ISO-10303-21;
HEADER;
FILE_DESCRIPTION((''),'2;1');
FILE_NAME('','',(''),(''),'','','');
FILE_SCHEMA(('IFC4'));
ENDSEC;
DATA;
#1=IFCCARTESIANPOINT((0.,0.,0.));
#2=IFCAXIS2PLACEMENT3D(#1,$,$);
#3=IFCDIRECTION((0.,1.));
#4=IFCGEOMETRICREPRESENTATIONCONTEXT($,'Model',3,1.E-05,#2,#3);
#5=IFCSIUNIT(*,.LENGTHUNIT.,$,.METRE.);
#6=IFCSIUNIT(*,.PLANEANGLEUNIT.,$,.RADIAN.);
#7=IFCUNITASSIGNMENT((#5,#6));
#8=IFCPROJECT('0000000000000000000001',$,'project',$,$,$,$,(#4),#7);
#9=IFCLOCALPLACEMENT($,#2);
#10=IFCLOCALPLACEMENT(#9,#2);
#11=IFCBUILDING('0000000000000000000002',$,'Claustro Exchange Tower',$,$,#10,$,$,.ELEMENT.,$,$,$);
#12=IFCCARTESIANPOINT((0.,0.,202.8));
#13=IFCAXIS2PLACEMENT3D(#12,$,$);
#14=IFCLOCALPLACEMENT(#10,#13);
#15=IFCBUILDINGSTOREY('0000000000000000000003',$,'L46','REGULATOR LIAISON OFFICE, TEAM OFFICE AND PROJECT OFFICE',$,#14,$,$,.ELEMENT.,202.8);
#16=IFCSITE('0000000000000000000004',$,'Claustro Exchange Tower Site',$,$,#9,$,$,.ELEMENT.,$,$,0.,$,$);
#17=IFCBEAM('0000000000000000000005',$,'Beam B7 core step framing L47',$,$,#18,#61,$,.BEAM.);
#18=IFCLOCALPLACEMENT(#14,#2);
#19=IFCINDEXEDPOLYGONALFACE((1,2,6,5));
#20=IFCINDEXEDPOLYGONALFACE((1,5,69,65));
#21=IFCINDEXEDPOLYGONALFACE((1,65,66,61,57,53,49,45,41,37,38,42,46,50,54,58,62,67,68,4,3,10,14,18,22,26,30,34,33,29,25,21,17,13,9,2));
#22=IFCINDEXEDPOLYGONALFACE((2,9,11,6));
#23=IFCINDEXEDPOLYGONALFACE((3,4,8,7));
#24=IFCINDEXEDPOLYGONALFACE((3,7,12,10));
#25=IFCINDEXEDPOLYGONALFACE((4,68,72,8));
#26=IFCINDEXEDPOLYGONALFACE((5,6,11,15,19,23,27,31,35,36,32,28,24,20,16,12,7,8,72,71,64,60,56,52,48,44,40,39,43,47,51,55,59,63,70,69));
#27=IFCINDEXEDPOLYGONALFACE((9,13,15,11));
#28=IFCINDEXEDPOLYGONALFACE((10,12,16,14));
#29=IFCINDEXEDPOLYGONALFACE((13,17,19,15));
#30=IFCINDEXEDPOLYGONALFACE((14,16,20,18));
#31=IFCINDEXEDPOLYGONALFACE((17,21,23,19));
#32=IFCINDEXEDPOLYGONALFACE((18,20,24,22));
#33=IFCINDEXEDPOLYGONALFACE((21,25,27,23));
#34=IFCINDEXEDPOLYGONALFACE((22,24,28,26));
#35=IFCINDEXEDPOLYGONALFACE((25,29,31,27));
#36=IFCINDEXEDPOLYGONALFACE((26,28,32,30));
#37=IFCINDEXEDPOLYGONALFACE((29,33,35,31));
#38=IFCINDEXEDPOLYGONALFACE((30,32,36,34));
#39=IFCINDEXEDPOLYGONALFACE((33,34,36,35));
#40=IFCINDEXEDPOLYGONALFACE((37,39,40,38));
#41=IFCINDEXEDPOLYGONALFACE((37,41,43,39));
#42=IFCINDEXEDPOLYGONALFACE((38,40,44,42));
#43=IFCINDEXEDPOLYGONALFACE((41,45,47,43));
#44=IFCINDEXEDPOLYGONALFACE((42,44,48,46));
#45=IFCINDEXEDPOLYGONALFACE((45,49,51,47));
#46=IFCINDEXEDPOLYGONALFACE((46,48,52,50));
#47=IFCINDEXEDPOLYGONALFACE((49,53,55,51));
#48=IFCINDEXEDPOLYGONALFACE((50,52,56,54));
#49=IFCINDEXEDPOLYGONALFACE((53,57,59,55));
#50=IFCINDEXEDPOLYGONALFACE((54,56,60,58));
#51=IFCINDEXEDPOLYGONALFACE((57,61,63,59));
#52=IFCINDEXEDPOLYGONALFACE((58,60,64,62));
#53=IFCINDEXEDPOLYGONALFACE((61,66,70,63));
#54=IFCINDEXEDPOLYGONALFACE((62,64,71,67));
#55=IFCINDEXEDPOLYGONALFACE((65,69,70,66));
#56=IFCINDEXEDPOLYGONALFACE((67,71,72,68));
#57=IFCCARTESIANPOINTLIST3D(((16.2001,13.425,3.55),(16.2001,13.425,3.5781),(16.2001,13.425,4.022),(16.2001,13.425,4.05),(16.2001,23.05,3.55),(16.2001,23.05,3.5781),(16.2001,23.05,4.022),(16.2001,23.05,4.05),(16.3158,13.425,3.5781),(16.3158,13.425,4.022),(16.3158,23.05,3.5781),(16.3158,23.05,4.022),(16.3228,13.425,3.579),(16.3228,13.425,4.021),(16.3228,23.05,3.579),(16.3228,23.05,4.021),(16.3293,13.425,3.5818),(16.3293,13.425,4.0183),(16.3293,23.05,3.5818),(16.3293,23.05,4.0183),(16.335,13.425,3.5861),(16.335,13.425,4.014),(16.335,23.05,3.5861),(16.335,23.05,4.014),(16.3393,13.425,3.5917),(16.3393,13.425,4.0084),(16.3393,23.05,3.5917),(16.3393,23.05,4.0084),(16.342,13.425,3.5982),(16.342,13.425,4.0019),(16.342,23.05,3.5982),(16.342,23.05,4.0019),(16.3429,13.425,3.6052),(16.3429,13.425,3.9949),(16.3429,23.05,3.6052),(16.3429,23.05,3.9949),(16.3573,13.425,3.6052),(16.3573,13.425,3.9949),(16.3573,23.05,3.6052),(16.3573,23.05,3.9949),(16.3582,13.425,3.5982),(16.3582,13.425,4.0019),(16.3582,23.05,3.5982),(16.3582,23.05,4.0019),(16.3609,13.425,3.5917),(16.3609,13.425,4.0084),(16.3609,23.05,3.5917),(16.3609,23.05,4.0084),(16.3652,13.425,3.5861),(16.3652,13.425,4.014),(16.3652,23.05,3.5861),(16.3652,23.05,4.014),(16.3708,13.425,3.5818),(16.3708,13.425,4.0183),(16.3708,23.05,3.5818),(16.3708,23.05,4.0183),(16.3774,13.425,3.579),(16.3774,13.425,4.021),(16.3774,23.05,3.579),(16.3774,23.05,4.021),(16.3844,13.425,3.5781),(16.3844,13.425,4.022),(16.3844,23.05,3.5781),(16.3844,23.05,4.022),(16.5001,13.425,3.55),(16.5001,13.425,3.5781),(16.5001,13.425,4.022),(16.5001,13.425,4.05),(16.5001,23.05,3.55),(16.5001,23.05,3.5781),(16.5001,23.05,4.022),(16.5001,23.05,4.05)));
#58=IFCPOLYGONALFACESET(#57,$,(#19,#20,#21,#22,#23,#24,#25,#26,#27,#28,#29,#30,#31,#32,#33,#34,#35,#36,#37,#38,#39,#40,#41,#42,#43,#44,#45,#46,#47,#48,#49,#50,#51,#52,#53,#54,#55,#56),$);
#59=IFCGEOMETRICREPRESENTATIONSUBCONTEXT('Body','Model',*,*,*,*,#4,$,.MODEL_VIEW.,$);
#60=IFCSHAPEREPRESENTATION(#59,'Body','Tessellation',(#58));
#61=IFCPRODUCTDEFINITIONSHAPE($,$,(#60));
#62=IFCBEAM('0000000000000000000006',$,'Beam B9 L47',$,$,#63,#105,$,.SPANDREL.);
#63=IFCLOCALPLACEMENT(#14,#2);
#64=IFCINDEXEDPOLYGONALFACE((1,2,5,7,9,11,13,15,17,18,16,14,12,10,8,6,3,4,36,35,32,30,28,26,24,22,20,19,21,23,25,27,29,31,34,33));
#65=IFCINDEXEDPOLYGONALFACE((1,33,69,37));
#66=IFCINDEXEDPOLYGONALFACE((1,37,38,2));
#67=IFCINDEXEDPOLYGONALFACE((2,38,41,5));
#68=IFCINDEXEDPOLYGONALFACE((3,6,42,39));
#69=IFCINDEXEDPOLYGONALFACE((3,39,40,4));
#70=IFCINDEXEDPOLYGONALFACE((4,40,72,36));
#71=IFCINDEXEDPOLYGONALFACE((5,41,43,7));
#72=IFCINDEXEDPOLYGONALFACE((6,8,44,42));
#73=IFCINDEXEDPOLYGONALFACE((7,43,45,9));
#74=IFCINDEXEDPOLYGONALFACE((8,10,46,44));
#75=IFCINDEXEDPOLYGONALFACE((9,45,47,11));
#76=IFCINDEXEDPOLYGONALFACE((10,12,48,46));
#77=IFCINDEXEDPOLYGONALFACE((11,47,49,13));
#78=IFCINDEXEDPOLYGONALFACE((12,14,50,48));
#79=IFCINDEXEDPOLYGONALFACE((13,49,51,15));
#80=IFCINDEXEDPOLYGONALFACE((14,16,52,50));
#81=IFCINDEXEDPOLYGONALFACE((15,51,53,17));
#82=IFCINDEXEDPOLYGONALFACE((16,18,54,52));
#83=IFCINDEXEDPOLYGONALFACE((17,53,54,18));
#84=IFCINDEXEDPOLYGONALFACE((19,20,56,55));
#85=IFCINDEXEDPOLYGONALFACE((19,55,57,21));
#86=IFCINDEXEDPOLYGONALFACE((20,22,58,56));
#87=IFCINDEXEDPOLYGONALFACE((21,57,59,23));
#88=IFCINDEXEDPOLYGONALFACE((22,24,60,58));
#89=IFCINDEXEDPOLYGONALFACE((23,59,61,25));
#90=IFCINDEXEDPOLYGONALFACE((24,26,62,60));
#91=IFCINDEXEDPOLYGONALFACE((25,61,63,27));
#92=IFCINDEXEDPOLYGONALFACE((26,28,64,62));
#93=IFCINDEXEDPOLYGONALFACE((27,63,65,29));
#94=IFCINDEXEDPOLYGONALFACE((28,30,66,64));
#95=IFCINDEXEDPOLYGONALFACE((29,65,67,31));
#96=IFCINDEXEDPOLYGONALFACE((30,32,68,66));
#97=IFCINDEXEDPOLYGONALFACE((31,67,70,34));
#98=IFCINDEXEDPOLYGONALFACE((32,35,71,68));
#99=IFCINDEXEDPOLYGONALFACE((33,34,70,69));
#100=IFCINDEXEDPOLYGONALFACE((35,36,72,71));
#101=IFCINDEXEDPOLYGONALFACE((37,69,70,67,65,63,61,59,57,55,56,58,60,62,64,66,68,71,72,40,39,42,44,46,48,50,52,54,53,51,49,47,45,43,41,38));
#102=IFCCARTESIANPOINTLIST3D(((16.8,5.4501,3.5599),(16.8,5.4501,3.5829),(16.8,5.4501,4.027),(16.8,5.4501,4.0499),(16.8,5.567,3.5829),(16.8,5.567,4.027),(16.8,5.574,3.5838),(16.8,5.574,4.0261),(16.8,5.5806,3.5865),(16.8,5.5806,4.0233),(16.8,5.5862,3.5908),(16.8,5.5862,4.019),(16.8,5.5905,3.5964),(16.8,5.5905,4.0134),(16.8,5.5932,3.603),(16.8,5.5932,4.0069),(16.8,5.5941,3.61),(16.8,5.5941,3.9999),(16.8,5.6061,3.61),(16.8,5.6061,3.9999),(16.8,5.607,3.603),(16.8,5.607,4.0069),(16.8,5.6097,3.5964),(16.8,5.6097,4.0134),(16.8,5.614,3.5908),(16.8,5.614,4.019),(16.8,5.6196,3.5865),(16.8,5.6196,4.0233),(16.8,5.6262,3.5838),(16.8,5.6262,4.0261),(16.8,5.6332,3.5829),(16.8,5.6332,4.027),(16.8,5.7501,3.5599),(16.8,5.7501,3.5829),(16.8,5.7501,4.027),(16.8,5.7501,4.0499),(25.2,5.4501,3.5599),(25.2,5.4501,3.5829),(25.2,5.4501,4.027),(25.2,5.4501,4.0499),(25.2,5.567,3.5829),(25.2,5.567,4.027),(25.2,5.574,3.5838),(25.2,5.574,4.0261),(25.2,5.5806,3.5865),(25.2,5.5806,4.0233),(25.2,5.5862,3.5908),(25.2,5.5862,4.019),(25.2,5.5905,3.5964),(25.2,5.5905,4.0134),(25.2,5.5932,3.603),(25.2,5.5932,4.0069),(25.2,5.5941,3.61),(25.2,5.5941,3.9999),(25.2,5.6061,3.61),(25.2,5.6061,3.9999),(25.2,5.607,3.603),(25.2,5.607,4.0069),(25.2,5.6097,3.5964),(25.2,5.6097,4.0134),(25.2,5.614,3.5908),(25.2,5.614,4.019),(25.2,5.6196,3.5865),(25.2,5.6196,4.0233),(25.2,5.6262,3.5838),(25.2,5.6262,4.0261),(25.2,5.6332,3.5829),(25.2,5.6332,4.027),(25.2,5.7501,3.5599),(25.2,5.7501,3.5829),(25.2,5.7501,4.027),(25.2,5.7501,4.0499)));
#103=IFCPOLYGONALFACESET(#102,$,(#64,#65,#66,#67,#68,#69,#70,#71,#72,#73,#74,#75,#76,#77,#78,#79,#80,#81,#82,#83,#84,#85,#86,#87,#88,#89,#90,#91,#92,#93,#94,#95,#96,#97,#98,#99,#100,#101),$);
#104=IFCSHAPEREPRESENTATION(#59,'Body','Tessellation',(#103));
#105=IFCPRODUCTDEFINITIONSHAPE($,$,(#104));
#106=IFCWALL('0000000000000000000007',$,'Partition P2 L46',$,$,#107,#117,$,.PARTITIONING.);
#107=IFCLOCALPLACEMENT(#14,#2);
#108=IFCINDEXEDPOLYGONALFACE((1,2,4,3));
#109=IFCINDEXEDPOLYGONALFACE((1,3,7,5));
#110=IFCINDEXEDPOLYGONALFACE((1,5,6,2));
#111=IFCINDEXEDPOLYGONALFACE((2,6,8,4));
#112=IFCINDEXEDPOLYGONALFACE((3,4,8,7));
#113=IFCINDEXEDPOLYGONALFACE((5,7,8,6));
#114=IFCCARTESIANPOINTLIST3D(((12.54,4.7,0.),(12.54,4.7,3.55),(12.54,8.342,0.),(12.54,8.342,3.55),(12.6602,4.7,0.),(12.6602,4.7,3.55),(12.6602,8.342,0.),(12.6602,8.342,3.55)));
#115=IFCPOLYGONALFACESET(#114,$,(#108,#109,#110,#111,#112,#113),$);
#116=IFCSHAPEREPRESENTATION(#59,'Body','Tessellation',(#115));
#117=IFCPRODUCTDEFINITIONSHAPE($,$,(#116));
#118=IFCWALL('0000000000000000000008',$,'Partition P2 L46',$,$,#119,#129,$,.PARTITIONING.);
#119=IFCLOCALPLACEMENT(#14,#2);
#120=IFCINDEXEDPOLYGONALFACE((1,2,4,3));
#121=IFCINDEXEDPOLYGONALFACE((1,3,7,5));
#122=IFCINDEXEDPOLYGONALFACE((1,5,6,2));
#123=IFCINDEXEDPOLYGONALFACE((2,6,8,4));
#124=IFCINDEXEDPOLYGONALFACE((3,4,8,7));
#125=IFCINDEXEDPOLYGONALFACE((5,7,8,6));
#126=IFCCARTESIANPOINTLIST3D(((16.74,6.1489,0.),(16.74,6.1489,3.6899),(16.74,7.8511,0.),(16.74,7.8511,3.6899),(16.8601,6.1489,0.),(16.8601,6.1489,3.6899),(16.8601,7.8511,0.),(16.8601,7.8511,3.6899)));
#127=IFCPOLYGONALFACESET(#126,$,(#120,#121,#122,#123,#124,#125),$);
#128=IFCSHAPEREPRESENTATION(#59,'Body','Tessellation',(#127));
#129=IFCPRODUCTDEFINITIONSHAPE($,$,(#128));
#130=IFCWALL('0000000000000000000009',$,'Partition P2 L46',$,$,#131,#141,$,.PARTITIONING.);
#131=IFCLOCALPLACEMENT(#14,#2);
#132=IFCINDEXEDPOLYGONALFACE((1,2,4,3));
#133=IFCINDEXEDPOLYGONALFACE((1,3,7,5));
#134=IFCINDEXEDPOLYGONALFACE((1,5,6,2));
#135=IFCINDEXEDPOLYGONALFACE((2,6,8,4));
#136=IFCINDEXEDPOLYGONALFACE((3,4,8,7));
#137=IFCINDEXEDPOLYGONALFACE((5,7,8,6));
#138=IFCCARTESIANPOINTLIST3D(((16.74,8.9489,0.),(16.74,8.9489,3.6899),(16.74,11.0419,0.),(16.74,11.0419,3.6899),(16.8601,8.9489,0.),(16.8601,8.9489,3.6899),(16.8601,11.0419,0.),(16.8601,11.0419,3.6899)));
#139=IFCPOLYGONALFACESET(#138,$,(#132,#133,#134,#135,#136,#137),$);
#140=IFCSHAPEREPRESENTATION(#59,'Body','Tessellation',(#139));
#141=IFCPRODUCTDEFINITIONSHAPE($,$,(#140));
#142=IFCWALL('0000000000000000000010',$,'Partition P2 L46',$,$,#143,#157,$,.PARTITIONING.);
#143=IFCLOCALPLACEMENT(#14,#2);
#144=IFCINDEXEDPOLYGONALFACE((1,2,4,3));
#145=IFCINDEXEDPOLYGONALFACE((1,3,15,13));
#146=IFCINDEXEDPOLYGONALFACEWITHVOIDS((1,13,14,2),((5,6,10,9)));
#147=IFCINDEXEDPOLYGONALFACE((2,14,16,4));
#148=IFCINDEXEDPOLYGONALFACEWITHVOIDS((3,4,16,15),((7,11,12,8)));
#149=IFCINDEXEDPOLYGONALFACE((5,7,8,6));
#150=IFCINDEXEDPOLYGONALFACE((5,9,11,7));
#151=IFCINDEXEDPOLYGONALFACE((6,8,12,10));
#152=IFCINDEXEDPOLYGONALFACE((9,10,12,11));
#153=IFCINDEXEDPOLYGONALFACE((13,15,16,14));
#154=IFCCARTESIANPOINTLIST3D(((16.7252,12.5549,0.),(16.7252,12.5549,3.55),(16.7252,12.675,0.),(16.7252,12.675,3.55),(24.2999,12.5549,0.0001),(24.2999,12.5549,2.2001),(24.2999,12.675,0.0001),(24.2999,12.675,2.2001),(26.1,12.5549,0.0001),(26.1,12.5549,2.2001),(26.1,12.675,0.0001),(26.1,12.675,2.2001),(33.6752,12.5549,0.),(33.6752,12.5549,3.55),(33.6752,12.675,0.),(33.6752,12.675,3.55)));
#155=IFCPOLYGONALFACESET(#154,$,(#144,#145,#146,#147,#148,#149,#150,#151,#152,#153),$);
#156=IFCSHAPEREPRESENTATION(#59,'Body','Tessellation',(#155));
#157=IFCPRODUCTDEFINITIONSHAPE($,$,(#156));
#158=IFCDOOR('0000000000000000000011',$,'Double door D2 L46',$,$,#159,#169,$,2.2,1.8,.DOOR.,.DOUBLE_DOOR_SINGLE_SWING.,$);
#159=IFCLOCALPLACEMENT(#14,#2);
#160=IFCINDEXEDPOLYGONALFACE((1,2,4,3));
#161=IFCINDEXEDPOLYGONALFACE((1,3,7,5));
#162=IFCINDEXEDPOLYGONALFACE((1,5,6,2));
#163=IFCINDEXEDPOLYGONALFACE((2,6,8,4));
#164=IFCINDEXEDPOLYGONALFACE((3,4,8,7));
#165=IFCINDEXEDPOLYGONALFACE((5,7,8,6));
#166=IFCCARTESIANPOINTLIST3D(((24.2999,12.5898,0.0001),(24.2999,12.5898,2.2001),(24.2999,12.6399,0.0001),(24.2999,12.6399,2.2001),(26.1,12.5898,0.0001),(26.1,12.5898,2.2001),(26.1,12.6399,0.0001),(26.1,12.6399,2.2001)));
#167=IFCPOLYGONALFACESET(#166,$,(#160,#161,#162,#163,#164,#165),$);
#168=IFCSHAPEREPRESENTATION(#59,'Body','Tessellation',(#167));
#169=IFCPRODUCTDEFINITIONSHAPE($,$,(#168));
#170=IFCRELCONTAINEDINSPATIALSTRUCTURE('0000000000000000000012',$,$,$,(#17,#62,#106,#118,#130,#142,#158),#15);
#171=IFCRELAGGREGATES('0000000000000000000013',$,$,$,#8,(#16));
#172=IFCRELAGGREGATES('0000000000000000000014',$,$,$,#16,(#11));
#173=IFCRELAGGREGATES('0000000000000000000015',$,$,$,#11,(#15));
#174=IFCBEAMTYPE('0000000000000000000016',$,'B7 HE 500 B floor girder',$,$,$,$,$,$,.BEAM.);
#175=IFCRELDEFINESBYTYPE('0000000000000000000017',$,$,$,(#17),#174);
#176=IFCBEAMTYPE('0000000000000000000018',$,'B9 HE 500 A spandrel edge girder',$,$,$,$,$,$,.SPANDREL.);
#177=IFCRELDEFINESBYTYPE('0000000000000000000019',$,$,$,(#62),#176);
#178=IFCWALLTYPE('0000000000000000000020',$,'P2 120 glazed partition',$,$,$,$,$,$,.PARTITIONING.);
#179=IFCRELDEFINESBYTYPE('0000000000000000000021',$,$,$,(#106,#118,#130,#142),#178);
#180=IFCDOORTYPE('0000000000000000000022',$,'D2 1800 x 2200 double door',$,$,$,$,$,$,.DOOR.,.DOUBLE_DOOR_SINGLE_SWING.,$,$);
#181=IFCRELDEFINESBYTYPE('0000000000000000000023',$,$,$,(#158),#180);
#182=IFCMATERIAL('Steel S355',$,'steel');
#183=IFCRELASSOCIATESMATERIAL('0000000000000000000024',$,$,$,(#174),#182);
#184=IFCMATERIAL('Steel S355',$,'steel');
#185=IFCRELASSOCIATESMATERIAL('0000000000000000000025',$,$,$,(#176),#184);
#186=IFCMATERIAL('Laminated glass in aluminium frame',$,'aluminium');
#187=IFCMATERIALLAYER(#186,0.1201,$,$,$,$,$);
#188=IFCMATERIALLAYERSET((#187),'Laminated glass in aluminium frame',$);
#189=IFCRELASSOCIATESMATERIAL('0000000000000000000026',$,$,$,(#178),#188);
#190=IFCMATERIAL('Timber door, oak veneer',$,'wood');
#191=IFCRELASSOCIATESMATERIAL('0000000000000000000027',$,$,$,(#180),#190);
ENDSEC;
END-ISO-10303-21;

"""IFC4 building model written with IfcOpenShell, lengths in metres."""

from ifc_helpers import new_model, si_unit, direction, frame, frame_2d, origin, origin_2d, place, context, subcontext, project, spatial, rectangle, i_section, extrude, material, layer, layer_set, material_profile, profile_set, type_object, element, fill, save


model = new_model("IFC4")

# Units and contexts
model_context = context("Model", 3, precision=1e-05, world=origin(), true_north=direction((0.0, 1.0)))
body_context = subcontext(model_context, "Body", "Model", "MODEL_VIEW")
ifc_project = project(units=[si_unit("LENGTHUNIT", "METRE"), si_unit("PLANEANGLEUNIT", "RADIAN")], contexts=[model_context])

# Site, building, storey
site_placement = place(None, origin())
site = spatial("IfcSite", under=ifc_project, at=site_placement, Name="Claustro Exchange Tower Site", CompositionType="ELEMENT", RefElevation=0.0)
building_placement = place(site_placement, origin())
building = spatial("IfcBuilding", under=site, at=building_placement, Name="Claustro Exchange Tower", CompositionType="ELEMENT")
storey_placement = place(building_placement, frame((0.0, 0.0, 202.8)))
storey = spatial("IfcBuildingStorey", under=building, at=storey_placement, Name="L46", Description="REGULATOR LIAISON OFFICE, TEAM OFFICE AND PROJECT OFFICE", CompositionType="ELEMENT", Elevation=202.8)

# Beams
ifc_material_1 = material(Name="Steel S355", Category="steel")
ifc_material_profile_1 = material_profile(ifc_material_1, i_section(OverallWidth=0.3, OverallDepth=0.5, WebThickness=0.0144, FlangeThickness=0.0281, FilletRadius=0.0271, at=origin_2d()), Name="HE 500 B")
ifc_profile_set_1 = profile_set([ifc_material_profile_1], Name="Steel S355")
beam_type_1 = type_object("IfcBeamType", Name="B7 HE 500 B floor girder", PredefinedType="BEAM", material=ifc_profile_set_1)
beam_1_placement = place(storey_placement, frame((16.3501, 13.425, 3.8), z_axis=(0.0, 1.0, 0.0), x_axis=(-1.0, 0.0, 0.0)))
element("IfcBeam", 1, at=beam_1_placement, inside=storey, type_object=beam_type_1, Name="Beam B7 core step framing L47", PredefinedType="BEAM", context=body_context, shape_type="SweptSolid", body=[
    extrude(i_section(OverallWidth=0.3, OverallDepth=0.5, WebThickness=0.0144, FlangeThickness=0.0281, FilletRadius=0.0271, at=origin_2d()), origin(), (0.0, 0.0, 1.0), 9.625),
])
ifc_material_2 = material(Name="Steel S355", Category="steel")
ifc_material_profile_2 = material_profile(ifc_material_2, i_section(OverallWidth=0.3, OverallDepth=0.49, WebThickness=0.012, FlangeThickness=0.0229, FilletRadius=0.0271, at=origin_2d()), Name="HE 500 A")
ifc_profile_set_2 = profile_set([ifc_material_profile_2], Name="Steel S355")
beam_type_2 = type_object("IfcBeamType", Name="B9 HE 500 A spandrel edge girder", PredefinedType="SPANDREL", material=ifc_profile_set_2)
beam_2_placement = place(storey_placement, frame((16.8, 5.6001, 3.8049), z_axis=(1.0, 0.0, 0.0), x_axis=(0.0, 1.0, 0.0)))
element("IfcBeam", 2, at=beam_2_placement, inside=storey, type_object=beam_type_2, Name="Beam B9 L47", PredefinedType="SPANDREL", context=body_context, shape_type="SweptSolid", body=[
    extrude(i_section(OverallWidth=0.3, OverallDepth=0.49, WebThickness=0.012, FlangeThickness=0.0229, FilletRadius=0.0271, at=origin_2d()), origin(), (0.0, 0.0, 1.0), 8.3999),
])

# Shared definitions
ifc_material_3 = material(Name="Laminated glass in aluminium frame", Category="aluminium")
ifc_layer_1 = layer(ifc_material_3, 0.1201)
ifc_layer_set_1 = layer_set([ifc_layer_1], Name="Laminated glass in aluminium frame")
wall_type_1 = type_object("IfcWallType", Name="P2 120 glazed partition", PredefinedType="PARTITIONING", material=ifc_layer_set_1)

# Walls
wall_1_placement = place(storey_placement, frame((12.6001, 4.7, 0.0), z_axis=(0.0, 0.0, 1.0), x_axis=(0.0, 1.0, 0.0)))
element("IfcWall", 3, at=wall_1_placement, inside=storey, type_object=wall_type_1, Name="Partition P2 L46", PredefinedType="PARTITIONING", context=body_context, shape_type="SweptSolid", body=[
    extrude(rectangle(XDim=3.6421, YDim=0.1201, at=frame_2d((1.821, 0.0))), origin(), (0.0, 0.0, 1.0), 3.55),
])
wall_2_placement = place(storey_placement, frame((16.8, 6.1489, 0.0), z_axis=(0.0, 0.0, 1.0), x_axis=(0.0, 1.0, 0.0)))
element("IfcWall", 4, at=wall_2_placement, inside=storey, type_object=wall_type_1, Name="Partition P2 L46", PredefinedType="PARTITIONING", context=body_context, shape_type="SweptSolid", body=[
    extrude(rectangle(XDim=1.7021, YDim=0.1201, at=frame_2d((0.8511, 0.0))), origin(), (0.0, 0.0, 1.0), 3.6899),
])
wall_3_placement = place(storey_placement, frame((16.8, 8.949, 0.0), z_axis=(0.0, 0.0, 1.0), x_axis=(0.0, 1.0, 0.0)))
element("IfcWall", 5, at=wall_3_placement, inside=storey, type_object=wall_type_1, Name="Partition P2 L46", PredefinedType="PARTITIONING", context=body_context, shape_type="SweptSolid", body=[
    extrude(rectangle(XDim=2.093, YDim=0.1201, at=frame_2d((1.0464, 0.0))), origin(), (0.0, 0.0, 1.0), 3.6899),
])

# Wall, opening, door
wall_4_placement = place(storey_placement, frame((16.7251, 12.615, 0.0), z_axis=(0.0, 0.0, 1.0), x_axis=(1.0, 0.0, 0.0)))
wall_4 = element("IfcWall", 6, at=wall_4_placement, inside=storey, type_object=wall_type_1, Name="Partition P2 L46", PredefinedType="PARTITIONING", context=body_context, shape_type="SweptSolid", body=[
    extrude(rectangle(XDim=16.95, YDim=0.1201, at=frame_2d((8.4751, 0.0))), origin(), (0.0, 0.0, 1.0), 3.55),
])
opening_1_placement = place(wall_4_placement, frame((7.575, 0.0, 0.0)))
opening_1 = element("IfcOpeningElement", 7, at=opening_1_placement, cuts=wall_4, PredefinedType="OPENING", context=body_context, shape_type="SweptSolid", body=[
    extrude(rectangle(XDim=1.8, YDim=2.2, at=frame_2d((0.8999, 1.1001))), frame((0.0, 0.0701, 0.0), z_axis=(0.0, -1.0, 0.0), x_axis=(1.0, 0.0, 0.0)), (0.0, 0.0, 1.0), 0.1401),
])
ifc_material_4 = material(Name="Timber door, oak veneer", Category="wood")
door_type_1 = type_object("IfcDoorType", Name="D2 1800 x 2200 double door", OperationType="DOUBLE_DOOR_SINGLE_SWING", PredefinedType="DOOR", material=ifc_material_4)
door_1_placement = place(opening_1_placement, origin())
door_1 = element("IfcDoor", 8, at=door_1_placement, inside=storey, type_object=door_type_1, Name="Double door D2 L46", OperationType="DOUBLE_DOOR_SINGLE_SWING", OverallHeight=2.2, OverallWidth=1.8, PredefinedType="DOOR", context=body_context, shape_type="SweptSolid", body=[
    extrude(rectangle(XDim=1.8, YDim=2.2, at=frame_2d((0.8999, 1.1001))), frame((0.0, 0.0249, 0.0), z_axis=(0.0, -1.0, 0.0), x_axis=(1.0, 0.0, 0.0)), (0.0, 0.0, 1.0), 0.05),
])
fill(opening_1, door_1)

save(model, "model.ifc")
